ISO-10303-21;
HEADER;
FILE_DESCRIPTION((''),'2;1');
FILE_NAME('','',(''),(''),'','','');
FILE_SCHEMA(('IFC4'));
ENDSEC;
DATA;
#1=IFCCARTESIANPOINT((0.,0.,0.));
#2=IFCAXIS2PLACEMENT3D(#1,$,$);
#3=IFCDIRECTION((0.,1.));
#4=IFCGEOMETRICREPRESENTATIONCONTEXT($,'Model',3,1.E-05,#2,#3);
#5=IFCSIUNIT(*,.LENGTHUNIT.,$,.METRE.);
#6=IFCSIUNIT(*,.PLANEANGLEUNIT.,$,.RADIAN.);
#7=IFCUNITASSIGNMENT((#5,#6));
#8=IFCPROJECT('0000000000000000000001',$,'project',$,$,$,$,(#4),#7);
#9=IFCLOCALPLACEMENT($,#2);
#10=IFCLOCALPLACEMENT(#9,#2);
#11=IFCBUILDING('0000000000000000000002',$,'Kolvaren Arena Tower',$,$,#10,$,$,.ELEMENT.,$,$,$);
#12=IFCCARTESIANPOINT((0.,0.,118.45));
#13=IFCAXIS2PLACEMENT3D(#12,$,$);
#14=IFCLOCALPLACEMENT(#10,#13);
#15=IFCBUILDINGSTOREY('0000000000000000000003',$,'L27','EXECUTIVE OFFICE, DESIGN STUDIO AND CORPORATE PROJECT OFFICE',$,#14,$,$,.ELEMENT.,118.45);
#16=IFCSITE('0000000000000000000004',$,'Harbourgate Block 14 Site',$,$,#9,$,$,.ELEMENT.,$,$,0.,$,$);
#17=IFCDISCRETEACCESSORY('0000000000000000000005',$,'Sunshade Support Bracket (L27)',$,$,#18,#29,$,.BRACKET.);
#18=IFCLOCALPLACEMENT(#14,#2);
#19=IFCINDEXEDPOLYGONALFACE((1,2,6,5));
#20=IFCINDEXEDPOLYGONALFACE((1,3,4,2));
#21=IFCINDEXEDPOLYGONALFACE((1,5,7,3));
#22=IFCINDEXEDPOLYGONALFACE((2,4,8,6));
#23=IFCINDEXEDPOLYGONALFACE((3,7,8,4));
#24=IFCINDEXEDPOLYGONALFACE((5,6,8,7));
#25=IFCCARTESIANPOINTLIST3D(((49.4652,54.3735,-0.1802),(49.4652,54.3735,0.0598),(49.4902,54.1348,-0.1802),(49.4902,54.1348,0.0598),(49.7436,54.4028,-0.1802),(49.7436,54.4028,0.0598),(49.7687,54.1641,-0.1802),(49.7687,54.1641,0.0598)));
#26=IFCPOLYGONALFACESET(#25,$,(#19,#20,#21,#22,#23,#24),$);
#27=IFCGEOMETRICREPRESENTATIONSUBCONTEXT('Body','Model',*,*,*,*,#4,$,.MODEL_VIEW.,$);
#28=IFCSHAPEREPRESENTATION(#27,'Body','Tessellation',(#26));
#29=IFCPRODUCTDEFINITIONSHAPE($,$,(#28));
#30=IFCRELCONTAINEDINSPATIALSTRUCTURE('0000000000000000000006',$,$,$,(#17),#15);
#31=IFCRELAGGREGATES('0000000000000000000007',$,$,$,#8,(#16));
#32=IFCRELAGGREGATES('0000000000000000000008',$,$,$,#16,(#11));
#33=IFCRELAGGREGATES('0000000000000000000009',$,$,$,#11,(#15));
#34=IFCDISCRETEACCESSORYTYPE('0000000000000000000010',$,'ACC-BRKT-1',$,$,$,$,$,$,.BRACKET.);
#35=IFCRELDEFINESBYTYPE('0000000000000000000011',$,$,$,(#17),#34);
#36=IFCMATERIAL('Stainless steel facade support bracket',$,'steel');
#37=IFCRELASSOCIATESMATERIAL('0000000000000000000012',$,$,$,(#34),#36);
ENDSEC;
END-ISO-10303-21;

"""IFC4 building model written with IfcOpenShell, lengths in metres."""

from ifc_helpers import new_model, si_unit, direction, frame, origin, origin_2d, place, context, subcontext, project, spatial, rectangle, extrude, material, type_object, element, save


model = new_model("IFC4")

# Units and contexts
model_context = context("Model", 3, precision=1e-05, world=origin(), true_north=direction((0.0, 1.0)))
body_context = subcontext(model_context, "Body", "Model", "MODEL_VIEW")
ifc_project = project(units=[si_unit("LENGTHUNIT", "METRE"), si_unit("PLANEANGLEUNIT", "RADIAN")], contexts=[model_context])

# Site, building, storey
site_placement = place(None, origin())
site = spatial("IfcSite", under=ifc_project, at=site_placement, Name="Harbourgate Block 14 Site", CompositionType="ELEMENT", RefElevation=0.0)
building_placement = place(site_placement, origin())
building = spatial("IfcBuilding", under=site, at=building_placement, Name="Kolvaren Arena Tower", CompositionType="ELEMENT")
storey_placement = place(building_placement, frame((0.0, 0.0, 118.45)))
storey = spatial("IfcBuildingStorey", under=building, at=storey_placement, Name="L27", Description="EXECUTIVE OFFICE, DESIGN STUDIO AND CORPORATE PROJECT OFFICE", CompositionType="ELEMENT", Elevation=118.45)

# Discrete accessory
ifc_material_1 = material(Name="Stainless steel facade support bracket", Category="steel")
discrete_accessory_type = type_object("IfcDiscreteAccessoryType", Name="ACC-BRKT-1", PredefinedType="BRACKET", material=ifc_material_1)
for number, where, z_axis, x_axis, name in (
    (1, (49.6169, 54.2688, -0.1802), (0.0, 0.0, 1.0), (0.994522, 0.104527, 0.0), "Sunshade Support Bracket (L27)"),
):
    element("IfcDiscreteAccessory", number, at=place(storey_placement, frame(where, z_axis=z_axis, x_axis=x_axis)), inside=storey, type_object=discrete_accessory_type, Name=name, PredefinedType="BRACKET", context=body_context, shape_type="SweptSolid", body=[
        extrude(rectangle(XDim=0.28, YDim=0.24, at=origin_2d()), origin(), (0.0, 0.0, 1.0), 0.24),
    ])

save(model, "model.ifc")
